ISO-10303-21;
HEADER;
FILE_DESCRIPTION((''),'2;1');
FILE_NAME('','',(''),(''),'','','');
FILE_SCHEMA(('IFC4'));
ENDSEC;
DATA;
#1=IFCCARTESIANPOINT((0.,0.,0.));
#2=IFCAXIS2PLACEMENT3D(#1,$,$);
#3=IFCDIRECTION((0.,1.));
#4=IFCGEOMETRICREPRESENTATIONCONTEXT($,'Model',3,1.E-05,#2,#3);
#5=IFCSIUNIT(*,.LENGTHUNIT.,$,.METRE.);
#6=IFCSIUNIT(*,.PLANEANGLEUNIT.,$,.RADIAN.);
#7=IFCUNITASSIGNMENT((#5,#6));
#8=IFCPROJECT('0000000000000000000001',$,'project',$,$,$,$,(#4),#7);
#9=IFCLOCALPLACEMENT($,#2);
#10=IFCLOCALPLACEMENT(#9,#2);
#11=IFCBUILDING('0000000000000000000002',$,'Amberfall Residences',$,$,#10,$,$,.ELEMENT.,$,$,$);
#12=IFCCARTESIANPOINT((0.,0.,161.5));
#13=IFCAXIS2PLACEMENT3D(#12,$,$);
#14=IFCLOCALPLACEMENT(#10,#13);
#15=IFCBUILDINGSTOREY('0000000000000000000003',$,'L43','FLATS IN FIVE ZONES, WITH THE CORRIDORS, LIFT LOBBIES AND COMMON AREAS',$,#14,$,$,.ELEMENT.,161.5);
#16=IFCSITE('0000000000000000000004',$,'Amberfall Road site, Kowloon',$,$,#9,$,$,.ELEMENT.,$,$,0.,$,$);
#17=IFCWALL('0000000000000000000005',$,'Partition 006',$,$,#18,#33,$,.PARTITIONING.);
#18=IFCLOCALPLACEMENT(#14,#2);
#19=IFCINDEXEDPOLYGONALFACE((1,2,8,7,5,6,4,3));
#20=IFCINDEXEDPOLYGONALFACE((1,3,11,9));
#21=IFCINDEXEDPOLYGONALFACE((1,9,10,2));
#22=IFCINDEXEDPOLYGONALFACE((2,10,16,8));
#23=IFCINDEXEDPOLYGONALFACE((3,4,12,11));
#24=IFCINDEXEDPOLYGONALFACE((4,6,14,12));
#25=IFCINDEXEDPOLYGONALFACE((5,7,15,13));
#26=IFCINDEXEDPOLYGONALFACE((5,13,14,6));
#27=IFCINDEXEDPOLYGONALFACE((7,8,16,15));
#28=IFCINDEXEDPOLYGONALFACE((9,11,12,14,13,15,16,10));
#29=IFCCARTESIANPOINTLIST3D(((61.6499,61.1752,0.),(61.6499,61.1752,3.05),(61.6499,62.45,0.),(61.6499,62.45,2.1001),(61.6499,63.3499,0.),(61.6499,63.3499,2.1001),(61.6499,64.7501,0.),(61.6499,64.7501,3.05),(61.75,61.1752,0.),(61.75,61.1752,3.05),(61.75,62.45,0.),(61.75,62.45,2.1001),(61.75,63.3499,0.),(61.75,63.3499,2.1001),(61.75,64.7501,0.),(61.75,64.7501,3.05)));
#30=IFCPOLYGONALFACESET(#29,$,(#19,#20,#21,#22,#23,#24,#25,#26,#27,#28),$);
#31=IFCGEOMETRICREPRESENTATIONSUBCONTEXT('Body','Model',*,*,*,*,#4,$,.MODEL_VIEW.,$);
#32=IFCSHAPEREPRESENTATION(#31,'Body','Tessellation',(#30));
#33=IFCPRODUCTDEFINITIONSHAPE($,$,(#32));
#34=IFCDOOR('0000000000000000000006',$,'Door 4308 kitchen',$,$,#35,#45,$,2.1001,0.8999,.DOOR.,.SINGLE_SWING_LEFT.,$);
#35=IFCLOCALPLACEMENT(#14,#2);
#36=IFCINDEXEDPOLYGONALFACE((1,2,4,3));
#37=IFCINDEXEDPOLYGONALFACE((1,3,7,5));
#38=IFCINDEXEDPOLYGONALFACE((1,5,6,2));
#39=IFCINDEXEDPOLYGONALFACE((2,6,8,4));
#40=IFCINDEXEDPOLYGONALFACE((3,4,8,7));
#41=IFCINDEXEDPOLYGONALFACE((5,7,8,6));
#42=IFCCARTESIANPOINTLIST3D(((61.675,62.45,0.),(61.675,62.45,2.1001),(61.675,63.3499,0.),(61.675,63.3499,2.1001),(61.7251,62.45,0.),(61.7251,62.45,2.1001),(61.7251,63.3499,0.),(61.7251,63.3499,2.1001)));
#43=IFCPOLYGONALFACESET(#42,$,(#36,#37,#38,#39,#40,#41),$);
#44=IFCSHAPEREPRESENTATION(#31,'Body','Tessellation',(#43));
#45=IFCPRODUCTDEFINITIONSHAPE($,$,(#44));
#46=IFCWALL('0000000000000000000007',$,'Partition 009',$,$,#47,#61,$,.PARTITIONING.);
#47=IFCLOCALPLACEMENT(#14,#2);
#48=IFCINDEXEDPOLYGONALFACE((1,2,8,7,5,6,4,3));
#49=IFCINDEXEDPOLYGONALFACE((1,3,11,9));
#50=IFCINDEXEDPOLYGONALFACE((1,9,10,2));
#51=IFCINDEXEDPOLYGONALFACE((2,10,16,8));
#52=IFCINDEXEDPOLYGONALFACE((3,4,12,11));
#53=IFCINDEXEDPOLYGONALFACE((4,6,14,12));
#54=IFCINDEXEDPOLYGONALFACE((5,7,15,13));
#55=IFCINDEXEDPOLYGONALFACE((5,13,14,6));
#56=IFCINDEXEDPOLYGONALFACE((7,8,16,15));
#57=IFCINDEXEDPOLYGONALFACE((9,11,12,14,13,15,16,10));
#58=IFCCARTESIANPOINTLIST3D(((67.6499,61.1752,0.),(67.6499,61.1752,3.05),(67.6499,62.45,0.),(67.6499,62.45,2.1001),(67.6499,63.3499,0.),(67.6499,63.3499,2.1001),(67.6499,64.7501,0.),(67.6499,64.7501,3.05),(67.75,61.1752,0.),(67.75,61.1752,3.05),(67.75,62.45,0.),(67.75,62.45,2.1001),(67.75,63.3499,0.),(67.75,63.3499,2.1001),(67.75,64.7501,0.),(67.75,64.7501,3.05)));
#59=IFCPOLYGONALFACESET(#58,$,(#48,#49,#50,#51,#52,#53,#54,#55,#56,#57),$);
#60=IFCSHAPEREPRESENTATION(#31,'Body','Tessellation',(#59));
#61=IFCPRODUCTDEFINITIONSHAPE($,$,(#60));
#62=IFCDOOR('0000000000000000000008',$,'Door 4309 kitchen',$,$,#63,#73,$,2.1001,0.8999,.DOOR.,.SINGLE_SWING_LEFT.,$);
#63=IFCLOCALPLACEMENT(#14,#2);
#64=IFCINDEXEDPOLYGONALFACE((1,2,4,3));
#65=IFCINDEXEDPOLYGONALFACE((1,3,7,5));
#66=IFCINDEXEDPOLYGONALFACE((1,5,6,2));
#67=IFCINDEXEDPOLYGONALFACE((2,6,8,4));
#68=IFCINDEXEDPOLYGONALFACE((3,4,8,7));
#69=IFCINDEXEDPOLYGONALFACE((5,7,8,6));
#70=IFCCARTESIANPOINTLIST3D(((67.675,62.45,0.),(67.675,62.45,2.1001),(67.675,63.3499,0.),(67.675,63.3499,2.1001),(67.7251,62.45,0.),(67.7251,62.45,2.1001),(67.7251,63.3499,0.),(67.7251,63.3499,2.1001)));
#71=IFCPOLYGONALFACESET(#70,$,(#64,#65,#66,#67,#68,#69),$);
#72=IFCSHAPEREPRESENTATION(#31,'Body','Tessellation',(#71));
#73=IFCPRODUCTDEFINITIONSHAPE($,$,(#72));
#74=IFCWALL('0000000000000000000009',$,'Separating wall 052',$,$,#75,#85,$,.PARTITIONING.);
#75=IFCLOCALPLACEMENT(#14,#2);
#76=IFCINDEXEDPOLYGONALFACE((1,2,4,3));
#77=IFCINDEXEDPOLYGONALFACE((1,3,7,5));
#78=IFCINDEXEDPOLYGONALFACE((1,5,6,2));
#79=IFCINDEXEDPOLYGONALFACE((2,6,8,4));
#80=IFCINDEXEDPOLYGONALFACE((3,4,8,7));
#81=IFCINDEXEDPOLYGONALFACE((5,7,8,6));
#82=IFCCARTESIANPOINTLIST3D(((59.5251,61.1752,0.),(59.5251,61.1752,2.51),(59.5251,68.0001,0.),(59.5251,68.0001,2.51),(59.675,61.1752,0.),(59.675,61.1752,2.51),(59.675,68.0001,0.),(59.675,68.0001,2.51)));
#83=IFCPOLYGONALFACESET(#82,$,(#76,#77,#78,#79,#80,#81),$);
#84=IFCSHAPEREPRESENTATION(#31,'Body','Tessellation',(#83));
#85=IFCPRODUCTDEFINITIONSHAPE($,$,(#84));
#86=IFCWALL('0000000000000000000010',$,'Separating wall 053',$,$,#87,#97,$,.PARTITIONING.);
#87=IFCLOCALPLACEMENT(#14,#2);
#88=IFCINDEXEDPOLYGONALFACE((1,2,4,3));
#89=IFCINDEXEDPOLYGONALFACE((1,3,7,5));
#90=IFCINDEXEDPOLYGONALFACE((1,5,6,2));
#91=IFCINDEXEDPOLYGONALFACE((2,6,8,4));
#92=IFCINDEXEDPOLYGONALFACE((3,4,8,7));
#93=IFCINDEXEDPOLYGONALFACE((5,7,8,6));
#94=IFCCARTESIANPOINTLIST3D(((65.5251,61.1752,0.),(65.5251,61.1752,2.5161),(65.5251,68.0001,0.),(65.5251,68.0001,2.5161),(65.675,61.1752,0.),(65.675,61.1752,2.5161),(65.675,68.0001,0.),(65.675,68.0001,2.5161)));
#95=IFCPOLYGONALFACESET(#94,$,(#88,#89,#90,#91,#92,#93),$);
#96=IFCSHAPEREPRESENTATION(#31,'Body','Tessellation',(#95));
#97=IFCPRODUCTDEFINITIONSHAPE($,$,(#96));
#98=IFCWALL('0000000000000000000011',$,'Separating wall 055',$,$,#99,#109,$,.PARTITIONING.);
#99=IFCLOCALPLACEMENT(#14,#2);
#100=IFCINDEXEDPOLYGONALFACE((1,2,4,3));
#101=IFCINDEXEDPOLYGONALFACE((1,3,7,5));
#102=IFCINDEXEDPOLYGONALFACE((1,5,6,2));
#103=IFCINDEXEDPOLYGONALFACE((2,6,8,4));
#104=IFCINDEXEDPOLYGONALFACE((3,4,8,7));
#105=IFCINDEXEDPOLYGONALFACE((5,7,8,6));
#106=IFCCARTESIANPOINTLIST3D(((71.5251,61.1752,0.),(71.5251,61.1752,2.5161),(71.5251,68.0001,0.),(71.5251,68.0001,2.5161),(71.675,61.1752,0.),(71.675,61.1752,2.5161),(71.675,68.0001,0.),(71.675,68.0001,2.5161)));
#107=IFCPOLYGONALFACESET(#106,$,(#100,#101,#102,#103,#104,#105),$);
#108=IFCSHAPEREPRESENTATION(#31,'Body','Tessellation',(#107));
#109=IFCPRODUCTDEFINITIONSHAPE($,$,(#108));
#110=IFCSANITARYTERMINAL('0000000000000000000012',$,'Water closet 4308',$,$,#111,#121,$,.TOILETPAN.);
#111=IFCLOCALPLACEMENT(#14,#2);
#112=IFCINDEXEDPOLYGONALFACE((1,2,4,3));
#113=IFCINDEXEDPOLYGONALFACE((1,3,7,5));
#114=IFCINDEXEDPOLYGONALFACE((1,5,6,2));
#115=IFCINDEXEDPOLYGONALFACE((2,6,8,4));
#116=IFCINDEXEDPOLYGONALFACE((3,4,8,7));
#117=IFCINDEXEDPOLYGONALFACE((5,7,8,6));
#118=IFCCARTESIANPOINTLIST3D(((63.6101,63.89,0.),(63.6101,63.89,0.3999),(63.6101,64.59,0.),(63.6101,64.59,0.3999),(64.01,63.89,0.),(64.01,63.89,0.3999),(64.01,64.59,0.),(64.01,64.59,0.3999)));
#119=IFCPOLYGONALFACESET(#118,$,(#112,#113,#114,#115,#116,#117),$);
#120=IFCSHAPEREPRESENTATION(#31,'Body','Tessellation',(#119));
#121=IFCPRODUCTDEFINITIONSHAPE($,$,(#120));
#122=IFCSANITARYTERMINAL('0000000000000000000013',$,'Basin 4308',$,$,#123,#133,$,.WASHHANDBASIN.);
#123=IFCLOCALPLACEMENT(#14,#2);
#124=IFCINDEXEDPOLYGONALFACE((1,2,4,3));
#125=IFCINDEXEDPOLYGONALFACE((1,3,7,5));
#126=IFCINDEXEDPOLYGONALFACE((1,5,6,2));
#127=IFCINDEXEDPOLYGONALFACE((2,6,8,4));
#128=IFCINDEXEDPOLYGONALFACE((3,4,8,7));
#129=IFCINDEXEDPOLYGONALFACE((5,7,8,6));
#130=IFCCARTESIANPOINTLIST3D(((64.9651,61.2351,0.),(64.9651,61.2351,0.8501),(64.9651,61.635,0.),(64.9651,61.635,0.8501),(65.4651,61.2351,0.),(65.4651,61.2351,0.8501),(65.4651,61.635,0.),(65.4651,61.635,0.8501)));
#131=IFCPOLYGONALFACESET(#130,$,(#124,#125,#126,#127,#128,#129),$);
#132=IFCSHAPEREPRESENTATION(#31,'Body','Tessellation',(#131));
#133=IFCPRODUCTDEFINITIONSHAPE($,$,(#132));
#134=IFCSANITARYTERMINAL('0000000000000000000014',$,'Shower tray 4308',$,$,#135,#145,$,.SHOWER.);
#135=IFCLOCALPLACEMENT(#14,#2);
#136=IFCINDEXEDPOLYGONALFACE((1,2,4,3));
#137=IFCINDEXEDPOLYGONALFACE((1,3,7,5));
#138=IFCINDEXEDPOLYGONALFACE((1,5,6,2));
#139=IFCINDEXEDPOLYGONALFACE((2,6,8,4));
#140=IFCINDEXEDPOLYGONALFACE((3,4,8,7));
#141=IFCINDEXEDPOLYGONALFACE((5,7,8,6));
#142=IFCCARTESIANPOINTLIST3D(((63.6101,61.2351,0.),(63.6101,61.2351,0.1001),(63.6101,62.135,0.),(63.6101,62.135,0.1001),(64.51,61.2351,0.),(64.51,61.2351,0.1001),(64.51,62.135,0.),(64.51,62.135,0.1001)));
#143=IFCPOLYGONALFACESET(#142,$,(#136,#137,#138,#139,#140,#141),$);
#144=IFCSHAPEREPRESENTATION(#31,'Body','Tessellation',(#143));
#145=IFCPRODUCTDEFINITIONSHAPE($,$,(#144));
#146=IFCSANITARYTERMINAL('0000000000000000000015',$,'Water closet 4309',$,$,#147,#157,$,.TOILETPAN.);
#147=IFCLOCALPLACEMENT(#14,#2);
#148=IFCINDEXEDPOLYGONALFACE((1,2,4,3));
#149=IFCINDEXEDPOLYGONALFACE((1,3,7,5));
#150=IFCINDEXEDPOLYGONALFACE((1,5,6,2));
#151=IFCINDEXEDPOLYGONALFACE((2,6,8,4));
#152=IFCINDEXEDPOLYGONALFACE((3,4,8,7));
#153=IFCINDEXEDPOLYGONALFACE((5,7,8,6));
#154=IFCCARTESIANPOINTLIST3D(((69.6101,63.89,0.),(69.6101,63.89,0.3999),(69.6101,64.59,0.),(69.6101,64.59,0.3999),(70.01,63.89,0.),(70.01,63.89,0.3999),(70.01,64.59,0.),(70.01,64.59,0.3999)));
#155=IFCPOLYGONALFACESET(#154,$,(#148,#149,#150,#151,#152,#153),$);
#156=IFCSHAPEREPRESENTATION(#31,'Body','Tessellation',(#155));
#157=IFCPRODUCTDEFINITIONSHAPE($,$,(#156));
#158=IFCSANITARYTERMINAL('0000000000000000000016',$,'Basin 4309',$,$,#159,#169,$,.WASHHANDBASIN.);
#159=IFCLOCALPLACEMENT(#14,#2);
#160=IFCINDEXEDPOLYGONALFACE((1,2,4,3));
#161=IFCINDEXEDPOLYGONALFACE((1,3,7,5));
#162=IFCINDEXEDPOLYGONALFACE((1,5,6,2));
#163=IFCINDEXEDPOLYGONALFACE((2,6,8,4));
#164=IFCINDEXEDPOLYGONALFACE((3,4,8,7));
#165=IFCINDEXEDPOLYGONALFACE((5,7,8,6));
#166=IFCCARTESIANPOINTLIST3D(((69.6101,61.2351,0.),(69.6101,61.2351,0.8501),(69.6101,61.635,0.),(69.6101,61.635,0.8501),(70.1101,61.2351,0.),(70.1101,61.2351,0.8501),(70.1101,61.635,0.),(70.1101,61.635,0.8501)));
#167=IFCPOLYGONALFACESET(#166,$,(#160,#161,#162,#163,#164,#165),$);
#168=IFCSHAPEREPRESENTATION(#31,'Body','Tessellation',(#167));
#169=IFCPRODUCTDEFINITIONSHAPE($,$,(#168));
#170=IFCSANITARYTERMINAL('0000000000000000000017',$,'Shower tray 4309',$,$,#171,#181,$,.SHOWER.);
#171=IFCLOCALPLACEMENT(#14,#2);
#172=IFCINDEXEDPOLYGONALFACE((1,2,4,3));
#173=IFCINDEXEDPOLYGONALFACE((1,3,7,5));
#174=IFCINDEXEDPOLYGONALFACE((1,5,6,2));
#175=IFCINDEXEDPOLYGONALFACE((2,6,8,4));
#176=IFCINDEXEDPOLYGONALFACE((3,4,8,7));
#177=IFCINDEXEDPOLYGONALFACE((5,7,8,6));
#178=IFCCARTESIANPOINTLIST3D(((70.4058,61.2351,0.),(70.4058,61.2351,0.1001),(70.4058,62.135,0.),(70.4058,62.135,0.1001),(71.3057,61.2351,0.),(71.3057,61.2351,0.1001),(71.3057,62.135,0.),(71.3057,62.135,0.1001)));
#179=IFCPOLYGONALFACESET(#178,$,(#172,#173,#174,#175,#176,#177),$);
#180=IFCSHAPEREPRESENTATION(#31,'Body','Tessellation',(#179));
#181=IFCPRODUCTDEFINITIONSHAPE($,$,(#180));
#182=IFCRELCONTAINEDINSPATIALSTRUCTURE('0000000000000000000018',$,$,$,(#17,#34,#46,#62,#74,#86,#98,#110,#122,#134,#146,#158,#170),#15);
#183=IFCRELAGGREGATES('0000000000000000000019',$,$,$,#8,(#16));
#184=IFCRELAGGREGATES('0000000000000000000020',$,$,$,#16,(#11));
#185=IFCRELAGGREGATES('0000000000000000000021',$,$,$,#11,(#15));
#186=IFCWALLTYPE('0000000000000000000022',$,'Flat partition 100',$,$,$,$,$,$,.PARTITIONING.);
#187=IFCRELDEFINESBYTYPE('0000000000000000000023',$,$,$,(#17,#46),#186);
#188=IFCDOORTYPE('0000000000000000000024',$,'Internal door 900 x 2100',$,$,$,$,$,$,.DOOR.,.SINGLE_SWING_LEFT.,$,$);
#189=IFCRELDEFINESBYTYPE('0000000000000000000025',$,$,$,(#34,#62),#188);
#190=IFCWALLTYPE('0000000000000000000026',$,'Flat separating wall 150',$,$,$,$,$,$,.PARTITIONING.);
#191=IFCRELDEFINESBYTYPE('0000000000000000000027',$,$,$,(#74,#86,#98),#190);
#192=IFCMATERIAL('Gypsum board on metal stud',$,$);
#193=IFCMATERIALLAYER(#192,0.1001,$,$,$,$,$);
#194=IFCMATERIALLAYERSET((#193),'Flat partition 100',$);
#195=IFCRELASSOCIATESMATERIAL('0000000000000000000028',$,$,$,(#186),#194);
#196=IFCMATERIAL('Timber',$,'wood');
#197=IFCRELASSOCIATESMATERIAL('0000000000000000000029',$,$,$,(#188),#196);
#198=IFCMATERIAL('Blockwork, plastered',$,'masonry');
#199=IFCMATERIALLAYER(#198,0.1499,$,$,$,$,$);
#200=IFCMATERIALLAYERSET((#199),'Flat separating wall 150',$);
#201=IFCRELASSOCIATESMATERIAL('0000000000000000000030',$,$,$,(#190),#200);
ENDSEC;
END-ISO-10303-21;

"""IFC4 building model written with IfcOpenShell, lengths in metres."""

from ifc_helpers import new_model, si_unit, direction, frame, frame_2d, origin, origin_2d, place, context, subcontext, project, spatial, rectangle, extrude, material, layer, layer_set, type_object, element, fill, save


model = new_model("IFC4")

# Units and contexts
model_context = context("Model", 3, precision=1e-05, world=origin(), true_north=direction((0.0, 1.0)))
body_context = subcontext(model_context, "Body", "Model", "MODEL_VIEW")
ifc_project = project(units=[si_unit("LENGTHUNIT", "METRE"), si_unit("PLANEANGLEUNIT", "RADIAN")], contexts=[model_context])

# Site, building, storey
site_placement = place(None, origin())
site = spatial("IfcSite", under=ifc_project, at=site_placement, Name="Amberfall Road site, Kowloon", CompositionType="ELEMENT", RefElevation=0.0)
building_placement = place(site_placement, origin())
building = spatial("IfcBuilding", under=site, at=building_placement, Name="Amberfall Residences", CompositionType="ELEMENT")
storey_placement = place(building_placement, frame((0.0, 0.0, 161.5)))
storey = spatial("IfcBuildingStorey", under=building, at=storey_placement, Name="L43", Description="FLATS IN FIVE ZONES, WITH THE CORRIDORS, LIFT LOBBIES AND COMMON AREAS", CompositionType="ELEMENT", Elevation=161.5)

# Walls, openings, doors
ifc_material_1 = material(Name="Gypsum board on metal stud")
ifc_layer_1 = layer(ifc_material_1, 0.1001)
ifc_layer_set_1 = layer_set([ifc_layer_1], Name="Flat partition 100")
wall_type_1 = type_object("IfcWallType", Name="Flat partition 100", PredefinedType="PARTITIONING", material=ifc_layer_set_1)
wall_1_placement = place(storey_placement, frame((61.7, 61.175, 0.0), z_axis=(0.0, 0.0, 1.0), x_axis=(0.0, 1.0, 0.0)))
wall_1 = element("IfcWall", 1, at=wall_1_placement, inside=storey, type_object=wall_type_1, Name="Partition 006", PredefinedType="PARTITIONING", context=body_context, shape_type="SweptSolid", body=[
    extrude(rectangle(XDim=3.575, YDim=0.1001, at=frame_2d((1.7876, 0.0))), origin(), (0.0, 0.0, 1.0), 3.05),
])
opening_1_placement = place(wall_1_placement, frame((1.2749, 0.0, 0.0)))
opening_1 = element("IfcOpeningElement", 2, at=opening_1_placement, cuts=wall_1, PredefinedType="OPENING", context=body_context, shape_type="SweptSolid", body=[
    extrude(rectangle(XDim=0.8999, YDim=2.1001, at=frame_2d((0.45, 1.05))), frame((0.0, 0.0601, 0.0), z_axis=(0.0, -1.0, 0.0), x_axis=(1.0, 0.0, 0.0)), (0.0, 0.0, 1.0), 0.1201),
])
ifc_material_2 = material(Name="Timber", Category="wood")
door_type = type_object("IfcDoorType", Name="Internal door 900 x 2100", OperationType="SINGLE_SWING_LEFT", PredefinedType="DOOR", material=ifc_material_2)
door_1_placement = place(opening_1_placement, origin())
door_1 = element("IfcDoor", 3, at=door_1_placement, inside=storey, type_object=door_type, Name="Door 4308 kitchen", OperationType="SINGLE_SWING_LEFT", OverallHeight=2.1001, OverallWidth=0.8999, PredefinedType="DOOR", context=body_context, shape_type="SweptSolid", body=[
    extrude(rectangle(XDim=0.8999, YDim=2.1001, at=frame_2d((0.45, 1.05))), frame((0.0, 0.0249, 0.0), z_axis=(0.0, -1.0, 0.0), x_axis=(1.0, 0.0, 0.0)), (0.0, 0.0, 1.0), 0.05),
])
fill(opening_1, door_1)
wall_2_placement = place(storey_placement, frame((67.7, 61.175, 0.0), z_axis=(0.0, 0.0, 1.0), x_axis=(0.0, 1.0, 0.0)))
wall_2 = element("IfcWall", 4, at=wall_2_placement, inside=storey, type_object=wall_type_1, Name="Partition 009", PredefinedType="PARTITIONING", context=body_context, shape_type="SweptSolid", body=[
    extrude(rectangle(XDim=3.575, YDim=0.1001, at=frame_2d((1.7876, 0.0))), origin(), (0.0, 0.0, 1.0), 3.05),
])
opening_2_placement = place(wall_2_placement, frame((1.2749, 0.0, 0.0)))
opening_2 = element("IfcOpeningElement", 5, at=opening_2_placement, cuts=wall_2, PredefinedType="OPENING", context=body_context, shape_type="SweptSolid", body=[
    extrude(rectangle(XDim=0.8999, YDim=2.1001, at=frame_2d((0.45, 1.05))), frame((0.0, 0.0601, 0.0), z_axis=(0.0, -1.0, 0.0), x_axis=(1.0, 0.0, 0.0)), (0.0, 0.0, 1.0), 0.1201),
])
door_2_placement = place(opening_2_placement, origin())
door_2 = element("IfcDoor", 6, at=door_2_placement, inside=storey, type_object=door_type, Name="Door 4309 kitchen", OperationType="SINGLE_SWING_LEFT", OverallHeight=2.1001, OverallWidth=0.8999, PredefinedType="DOOR", context=body_context, shape_type="SweptSolid", body=[
    extrude(rectangle(XDim=0.8999, YDim=2.1001, at=frame_2d((0.45, 1.05))), frame((0.0, 0.0249, 0.0), z_axis=(0.0, -1.0, 0.0), x_axis=(1.0, 0.0, 0.0)), (0.0, 0.0, 1.0), 0.05),
])
fill(opening_2, door_2)

# Walls
ifc_material_3 = material(Name="Blockwork, plastered", Category="masonry")
ifc_layer_2 = layer(ifc_material_3, 0.1499)
ifc_layer_set_2 = layer_set([ifc_layer_2], Name="Flat separating wall 150")
wall_type_2 = type_object("IfcWallType", Name="Flat separating wall 150", PredefinedType="PARTITIONING", material=ifc_layer_set_2)
wall_3_placement = place(storey_placement, frame((59.6001, 61.175, 0.0), z_axis=(0.0, 0.0, 1.0), x_axis=(0.0, 1.0, 0.0)))
element("IfcWall", 7, at=wall_3_placement, inside=storey, type_object=wall_type_2, Name="Separating wall 052", PredefinedType="PARTITIONING", context=body_context, shape_type="SweptSolid", body=[
    extrude(rectangle(XDim=6.825, YDim=0.1499, at=frame_2d((3.4126, 0.0))), origin(), (0.0, 0.0, 1.0), 2.51),
])
for number, where, z_axis, x_axis, name in (
    (8, (65.6001, 61.175, 0.0), (0.0, 0.0, 1.0), (0.0, 1.0, 0.0), "Separating wall 053"),
    (9, (71.6001, 61.175, 0.0), (0.0, 0.0, 1.0), (0.0, 1.0, 0.0), "Separating wall 055"),
):
    element("IfcWall", number, at=place(storey_placement, frame(where, z_axis=z_axis, x_axis=x_axis)), inside=storey, type_object=wall_type_2, Name=name, PredefinedType="PARTITIONING", context=body_context, shape_type="SweptSolid", body=[
        extrude(rectangle(XDim=6.825, YDim=0.1499, at=frame_2d((3.4126, 0.0))), origin(), (0.0, 0.0, 1.0), 2.5161),
    ])

# Sanitary terminals
sanitary_terminal_1_placement = place(storey_placement, frame((63.8101, 64.24, 0.0), z_axis=(0.0, 0.0, 1.0), x_axis=(1.0, 0.0, 0.0)))
element("IfcSanitaryTerminal", 10, at=sanitary_terminal_1_placement, inside=storey, Name="Water closet 4308", PredefinedType="TOILETPAN", context=body_context, shape_type="SweptSolid", body=[
    extrude(rectangle(XDim=0.3999, YDim=0.7, at=origin_2d()), origin(), (0.0, 0.0, 1.0), 0.3999),
])
sanitary_terminal_2_placement = place(storey_placement, frame((65.2151, 61.4351, 0.0), z_axis=(0.0, 0.0, 1.0), x_axis=(1.0, 0.0, 0.0)))
element("IfcSanitaryTerminal", 11, at=sanitary_terminal_2_placement, inside=storey, Name="Basin 4308", PredefinedType="WASHHANDBASIN", context=body_context, shape_type="SweptSolid", body=[
    extrude(rectangle(XDim=0.5, YDim=0.3999, at=origin_2d()), origin(), (0.0, 0.0, 1.0), 0.8501),
])
sanitary_terminal_3_placement = place(storey_placement, frame((64.0601, 61.6851, 0.0), z_axis=(0.0, 0.0, 1.0), x_axis=(1.0, 0.0, 0.0)))
element("IfcSanitaryTerminal", 12, at=sanitary_terminal_3_placement, inside=storey, Name="Shower tray 4308", PredefinedType="SHOWER", context=body_context, shape_type="SweptSolid", body=[
    extrude(rectangle(XDim=0.8999, YDim=0.8999, at=origin_2d()), origin(), (0.0, 0.0, 1.0), 0.1001),
])
sanitary_terminal_4_placement = place(storey_placement, frame((69.8101, 64.24, 0.0), z_axis=(0.0, 0.0, 1.0), x_axis=(1.0, 0.0, 0.0)))
element("IfcSanitaryTerminal", 13, at=sanitary_terminal_4_placement, inside=storey, Name="Water closet 4309", PredefinedType="TOILETPAN", context=body_context, shape_type="SweptSolid", body=[
    extrude(rectangle(XDim=0.3999, YDim=0.7, at=origin_2d()), origin(), (0.0, 0.0, 1.0), 0.3999),
])
sanitary_terminal_5_placement = place(storey_placement, frame((69.8601, 61.4351, 0.0), z_axis=(0.0, 0.0, 1.0), x_axis=(1.0, 0.0, 0.0)))
element("IfcSanitaryTerminal", 14, at=sanitary_terminal_5_placement, inside=storey, Name="Basin 4309", PredefinedType="WASHHANDBASIN", context=body_context, shape_type="SweptSolid", body=[
    extrude(rectangle(XDim=0.5, YDim=0.3999, at=origin_2d()), origin(), (0.0, 0.0, 1.0), 0.8501),
])
sanitary_terminal_6_placement = place(storey_placement, frame((70.8557, 61.6851, 0.0), z_axis=(0.0, 0.0, 1.0), x_axis=(1.0, 0.0, 0.0)))
element("IfcSanitaryTerminal", 15, at=sanitary_terminal_6_placement, inside=storey, Name="Shower tray 4309", PredefinedType="SHOWER", context=body_context, shape_type="SweptSolid", body=[
    extrude(rectangle(XDim=0.8999, YDim=0.8999, at=origin_2d()), origin(), (0.0, 0.0, 1.0), 0.1001),
])

save(model, "model.ifc")
